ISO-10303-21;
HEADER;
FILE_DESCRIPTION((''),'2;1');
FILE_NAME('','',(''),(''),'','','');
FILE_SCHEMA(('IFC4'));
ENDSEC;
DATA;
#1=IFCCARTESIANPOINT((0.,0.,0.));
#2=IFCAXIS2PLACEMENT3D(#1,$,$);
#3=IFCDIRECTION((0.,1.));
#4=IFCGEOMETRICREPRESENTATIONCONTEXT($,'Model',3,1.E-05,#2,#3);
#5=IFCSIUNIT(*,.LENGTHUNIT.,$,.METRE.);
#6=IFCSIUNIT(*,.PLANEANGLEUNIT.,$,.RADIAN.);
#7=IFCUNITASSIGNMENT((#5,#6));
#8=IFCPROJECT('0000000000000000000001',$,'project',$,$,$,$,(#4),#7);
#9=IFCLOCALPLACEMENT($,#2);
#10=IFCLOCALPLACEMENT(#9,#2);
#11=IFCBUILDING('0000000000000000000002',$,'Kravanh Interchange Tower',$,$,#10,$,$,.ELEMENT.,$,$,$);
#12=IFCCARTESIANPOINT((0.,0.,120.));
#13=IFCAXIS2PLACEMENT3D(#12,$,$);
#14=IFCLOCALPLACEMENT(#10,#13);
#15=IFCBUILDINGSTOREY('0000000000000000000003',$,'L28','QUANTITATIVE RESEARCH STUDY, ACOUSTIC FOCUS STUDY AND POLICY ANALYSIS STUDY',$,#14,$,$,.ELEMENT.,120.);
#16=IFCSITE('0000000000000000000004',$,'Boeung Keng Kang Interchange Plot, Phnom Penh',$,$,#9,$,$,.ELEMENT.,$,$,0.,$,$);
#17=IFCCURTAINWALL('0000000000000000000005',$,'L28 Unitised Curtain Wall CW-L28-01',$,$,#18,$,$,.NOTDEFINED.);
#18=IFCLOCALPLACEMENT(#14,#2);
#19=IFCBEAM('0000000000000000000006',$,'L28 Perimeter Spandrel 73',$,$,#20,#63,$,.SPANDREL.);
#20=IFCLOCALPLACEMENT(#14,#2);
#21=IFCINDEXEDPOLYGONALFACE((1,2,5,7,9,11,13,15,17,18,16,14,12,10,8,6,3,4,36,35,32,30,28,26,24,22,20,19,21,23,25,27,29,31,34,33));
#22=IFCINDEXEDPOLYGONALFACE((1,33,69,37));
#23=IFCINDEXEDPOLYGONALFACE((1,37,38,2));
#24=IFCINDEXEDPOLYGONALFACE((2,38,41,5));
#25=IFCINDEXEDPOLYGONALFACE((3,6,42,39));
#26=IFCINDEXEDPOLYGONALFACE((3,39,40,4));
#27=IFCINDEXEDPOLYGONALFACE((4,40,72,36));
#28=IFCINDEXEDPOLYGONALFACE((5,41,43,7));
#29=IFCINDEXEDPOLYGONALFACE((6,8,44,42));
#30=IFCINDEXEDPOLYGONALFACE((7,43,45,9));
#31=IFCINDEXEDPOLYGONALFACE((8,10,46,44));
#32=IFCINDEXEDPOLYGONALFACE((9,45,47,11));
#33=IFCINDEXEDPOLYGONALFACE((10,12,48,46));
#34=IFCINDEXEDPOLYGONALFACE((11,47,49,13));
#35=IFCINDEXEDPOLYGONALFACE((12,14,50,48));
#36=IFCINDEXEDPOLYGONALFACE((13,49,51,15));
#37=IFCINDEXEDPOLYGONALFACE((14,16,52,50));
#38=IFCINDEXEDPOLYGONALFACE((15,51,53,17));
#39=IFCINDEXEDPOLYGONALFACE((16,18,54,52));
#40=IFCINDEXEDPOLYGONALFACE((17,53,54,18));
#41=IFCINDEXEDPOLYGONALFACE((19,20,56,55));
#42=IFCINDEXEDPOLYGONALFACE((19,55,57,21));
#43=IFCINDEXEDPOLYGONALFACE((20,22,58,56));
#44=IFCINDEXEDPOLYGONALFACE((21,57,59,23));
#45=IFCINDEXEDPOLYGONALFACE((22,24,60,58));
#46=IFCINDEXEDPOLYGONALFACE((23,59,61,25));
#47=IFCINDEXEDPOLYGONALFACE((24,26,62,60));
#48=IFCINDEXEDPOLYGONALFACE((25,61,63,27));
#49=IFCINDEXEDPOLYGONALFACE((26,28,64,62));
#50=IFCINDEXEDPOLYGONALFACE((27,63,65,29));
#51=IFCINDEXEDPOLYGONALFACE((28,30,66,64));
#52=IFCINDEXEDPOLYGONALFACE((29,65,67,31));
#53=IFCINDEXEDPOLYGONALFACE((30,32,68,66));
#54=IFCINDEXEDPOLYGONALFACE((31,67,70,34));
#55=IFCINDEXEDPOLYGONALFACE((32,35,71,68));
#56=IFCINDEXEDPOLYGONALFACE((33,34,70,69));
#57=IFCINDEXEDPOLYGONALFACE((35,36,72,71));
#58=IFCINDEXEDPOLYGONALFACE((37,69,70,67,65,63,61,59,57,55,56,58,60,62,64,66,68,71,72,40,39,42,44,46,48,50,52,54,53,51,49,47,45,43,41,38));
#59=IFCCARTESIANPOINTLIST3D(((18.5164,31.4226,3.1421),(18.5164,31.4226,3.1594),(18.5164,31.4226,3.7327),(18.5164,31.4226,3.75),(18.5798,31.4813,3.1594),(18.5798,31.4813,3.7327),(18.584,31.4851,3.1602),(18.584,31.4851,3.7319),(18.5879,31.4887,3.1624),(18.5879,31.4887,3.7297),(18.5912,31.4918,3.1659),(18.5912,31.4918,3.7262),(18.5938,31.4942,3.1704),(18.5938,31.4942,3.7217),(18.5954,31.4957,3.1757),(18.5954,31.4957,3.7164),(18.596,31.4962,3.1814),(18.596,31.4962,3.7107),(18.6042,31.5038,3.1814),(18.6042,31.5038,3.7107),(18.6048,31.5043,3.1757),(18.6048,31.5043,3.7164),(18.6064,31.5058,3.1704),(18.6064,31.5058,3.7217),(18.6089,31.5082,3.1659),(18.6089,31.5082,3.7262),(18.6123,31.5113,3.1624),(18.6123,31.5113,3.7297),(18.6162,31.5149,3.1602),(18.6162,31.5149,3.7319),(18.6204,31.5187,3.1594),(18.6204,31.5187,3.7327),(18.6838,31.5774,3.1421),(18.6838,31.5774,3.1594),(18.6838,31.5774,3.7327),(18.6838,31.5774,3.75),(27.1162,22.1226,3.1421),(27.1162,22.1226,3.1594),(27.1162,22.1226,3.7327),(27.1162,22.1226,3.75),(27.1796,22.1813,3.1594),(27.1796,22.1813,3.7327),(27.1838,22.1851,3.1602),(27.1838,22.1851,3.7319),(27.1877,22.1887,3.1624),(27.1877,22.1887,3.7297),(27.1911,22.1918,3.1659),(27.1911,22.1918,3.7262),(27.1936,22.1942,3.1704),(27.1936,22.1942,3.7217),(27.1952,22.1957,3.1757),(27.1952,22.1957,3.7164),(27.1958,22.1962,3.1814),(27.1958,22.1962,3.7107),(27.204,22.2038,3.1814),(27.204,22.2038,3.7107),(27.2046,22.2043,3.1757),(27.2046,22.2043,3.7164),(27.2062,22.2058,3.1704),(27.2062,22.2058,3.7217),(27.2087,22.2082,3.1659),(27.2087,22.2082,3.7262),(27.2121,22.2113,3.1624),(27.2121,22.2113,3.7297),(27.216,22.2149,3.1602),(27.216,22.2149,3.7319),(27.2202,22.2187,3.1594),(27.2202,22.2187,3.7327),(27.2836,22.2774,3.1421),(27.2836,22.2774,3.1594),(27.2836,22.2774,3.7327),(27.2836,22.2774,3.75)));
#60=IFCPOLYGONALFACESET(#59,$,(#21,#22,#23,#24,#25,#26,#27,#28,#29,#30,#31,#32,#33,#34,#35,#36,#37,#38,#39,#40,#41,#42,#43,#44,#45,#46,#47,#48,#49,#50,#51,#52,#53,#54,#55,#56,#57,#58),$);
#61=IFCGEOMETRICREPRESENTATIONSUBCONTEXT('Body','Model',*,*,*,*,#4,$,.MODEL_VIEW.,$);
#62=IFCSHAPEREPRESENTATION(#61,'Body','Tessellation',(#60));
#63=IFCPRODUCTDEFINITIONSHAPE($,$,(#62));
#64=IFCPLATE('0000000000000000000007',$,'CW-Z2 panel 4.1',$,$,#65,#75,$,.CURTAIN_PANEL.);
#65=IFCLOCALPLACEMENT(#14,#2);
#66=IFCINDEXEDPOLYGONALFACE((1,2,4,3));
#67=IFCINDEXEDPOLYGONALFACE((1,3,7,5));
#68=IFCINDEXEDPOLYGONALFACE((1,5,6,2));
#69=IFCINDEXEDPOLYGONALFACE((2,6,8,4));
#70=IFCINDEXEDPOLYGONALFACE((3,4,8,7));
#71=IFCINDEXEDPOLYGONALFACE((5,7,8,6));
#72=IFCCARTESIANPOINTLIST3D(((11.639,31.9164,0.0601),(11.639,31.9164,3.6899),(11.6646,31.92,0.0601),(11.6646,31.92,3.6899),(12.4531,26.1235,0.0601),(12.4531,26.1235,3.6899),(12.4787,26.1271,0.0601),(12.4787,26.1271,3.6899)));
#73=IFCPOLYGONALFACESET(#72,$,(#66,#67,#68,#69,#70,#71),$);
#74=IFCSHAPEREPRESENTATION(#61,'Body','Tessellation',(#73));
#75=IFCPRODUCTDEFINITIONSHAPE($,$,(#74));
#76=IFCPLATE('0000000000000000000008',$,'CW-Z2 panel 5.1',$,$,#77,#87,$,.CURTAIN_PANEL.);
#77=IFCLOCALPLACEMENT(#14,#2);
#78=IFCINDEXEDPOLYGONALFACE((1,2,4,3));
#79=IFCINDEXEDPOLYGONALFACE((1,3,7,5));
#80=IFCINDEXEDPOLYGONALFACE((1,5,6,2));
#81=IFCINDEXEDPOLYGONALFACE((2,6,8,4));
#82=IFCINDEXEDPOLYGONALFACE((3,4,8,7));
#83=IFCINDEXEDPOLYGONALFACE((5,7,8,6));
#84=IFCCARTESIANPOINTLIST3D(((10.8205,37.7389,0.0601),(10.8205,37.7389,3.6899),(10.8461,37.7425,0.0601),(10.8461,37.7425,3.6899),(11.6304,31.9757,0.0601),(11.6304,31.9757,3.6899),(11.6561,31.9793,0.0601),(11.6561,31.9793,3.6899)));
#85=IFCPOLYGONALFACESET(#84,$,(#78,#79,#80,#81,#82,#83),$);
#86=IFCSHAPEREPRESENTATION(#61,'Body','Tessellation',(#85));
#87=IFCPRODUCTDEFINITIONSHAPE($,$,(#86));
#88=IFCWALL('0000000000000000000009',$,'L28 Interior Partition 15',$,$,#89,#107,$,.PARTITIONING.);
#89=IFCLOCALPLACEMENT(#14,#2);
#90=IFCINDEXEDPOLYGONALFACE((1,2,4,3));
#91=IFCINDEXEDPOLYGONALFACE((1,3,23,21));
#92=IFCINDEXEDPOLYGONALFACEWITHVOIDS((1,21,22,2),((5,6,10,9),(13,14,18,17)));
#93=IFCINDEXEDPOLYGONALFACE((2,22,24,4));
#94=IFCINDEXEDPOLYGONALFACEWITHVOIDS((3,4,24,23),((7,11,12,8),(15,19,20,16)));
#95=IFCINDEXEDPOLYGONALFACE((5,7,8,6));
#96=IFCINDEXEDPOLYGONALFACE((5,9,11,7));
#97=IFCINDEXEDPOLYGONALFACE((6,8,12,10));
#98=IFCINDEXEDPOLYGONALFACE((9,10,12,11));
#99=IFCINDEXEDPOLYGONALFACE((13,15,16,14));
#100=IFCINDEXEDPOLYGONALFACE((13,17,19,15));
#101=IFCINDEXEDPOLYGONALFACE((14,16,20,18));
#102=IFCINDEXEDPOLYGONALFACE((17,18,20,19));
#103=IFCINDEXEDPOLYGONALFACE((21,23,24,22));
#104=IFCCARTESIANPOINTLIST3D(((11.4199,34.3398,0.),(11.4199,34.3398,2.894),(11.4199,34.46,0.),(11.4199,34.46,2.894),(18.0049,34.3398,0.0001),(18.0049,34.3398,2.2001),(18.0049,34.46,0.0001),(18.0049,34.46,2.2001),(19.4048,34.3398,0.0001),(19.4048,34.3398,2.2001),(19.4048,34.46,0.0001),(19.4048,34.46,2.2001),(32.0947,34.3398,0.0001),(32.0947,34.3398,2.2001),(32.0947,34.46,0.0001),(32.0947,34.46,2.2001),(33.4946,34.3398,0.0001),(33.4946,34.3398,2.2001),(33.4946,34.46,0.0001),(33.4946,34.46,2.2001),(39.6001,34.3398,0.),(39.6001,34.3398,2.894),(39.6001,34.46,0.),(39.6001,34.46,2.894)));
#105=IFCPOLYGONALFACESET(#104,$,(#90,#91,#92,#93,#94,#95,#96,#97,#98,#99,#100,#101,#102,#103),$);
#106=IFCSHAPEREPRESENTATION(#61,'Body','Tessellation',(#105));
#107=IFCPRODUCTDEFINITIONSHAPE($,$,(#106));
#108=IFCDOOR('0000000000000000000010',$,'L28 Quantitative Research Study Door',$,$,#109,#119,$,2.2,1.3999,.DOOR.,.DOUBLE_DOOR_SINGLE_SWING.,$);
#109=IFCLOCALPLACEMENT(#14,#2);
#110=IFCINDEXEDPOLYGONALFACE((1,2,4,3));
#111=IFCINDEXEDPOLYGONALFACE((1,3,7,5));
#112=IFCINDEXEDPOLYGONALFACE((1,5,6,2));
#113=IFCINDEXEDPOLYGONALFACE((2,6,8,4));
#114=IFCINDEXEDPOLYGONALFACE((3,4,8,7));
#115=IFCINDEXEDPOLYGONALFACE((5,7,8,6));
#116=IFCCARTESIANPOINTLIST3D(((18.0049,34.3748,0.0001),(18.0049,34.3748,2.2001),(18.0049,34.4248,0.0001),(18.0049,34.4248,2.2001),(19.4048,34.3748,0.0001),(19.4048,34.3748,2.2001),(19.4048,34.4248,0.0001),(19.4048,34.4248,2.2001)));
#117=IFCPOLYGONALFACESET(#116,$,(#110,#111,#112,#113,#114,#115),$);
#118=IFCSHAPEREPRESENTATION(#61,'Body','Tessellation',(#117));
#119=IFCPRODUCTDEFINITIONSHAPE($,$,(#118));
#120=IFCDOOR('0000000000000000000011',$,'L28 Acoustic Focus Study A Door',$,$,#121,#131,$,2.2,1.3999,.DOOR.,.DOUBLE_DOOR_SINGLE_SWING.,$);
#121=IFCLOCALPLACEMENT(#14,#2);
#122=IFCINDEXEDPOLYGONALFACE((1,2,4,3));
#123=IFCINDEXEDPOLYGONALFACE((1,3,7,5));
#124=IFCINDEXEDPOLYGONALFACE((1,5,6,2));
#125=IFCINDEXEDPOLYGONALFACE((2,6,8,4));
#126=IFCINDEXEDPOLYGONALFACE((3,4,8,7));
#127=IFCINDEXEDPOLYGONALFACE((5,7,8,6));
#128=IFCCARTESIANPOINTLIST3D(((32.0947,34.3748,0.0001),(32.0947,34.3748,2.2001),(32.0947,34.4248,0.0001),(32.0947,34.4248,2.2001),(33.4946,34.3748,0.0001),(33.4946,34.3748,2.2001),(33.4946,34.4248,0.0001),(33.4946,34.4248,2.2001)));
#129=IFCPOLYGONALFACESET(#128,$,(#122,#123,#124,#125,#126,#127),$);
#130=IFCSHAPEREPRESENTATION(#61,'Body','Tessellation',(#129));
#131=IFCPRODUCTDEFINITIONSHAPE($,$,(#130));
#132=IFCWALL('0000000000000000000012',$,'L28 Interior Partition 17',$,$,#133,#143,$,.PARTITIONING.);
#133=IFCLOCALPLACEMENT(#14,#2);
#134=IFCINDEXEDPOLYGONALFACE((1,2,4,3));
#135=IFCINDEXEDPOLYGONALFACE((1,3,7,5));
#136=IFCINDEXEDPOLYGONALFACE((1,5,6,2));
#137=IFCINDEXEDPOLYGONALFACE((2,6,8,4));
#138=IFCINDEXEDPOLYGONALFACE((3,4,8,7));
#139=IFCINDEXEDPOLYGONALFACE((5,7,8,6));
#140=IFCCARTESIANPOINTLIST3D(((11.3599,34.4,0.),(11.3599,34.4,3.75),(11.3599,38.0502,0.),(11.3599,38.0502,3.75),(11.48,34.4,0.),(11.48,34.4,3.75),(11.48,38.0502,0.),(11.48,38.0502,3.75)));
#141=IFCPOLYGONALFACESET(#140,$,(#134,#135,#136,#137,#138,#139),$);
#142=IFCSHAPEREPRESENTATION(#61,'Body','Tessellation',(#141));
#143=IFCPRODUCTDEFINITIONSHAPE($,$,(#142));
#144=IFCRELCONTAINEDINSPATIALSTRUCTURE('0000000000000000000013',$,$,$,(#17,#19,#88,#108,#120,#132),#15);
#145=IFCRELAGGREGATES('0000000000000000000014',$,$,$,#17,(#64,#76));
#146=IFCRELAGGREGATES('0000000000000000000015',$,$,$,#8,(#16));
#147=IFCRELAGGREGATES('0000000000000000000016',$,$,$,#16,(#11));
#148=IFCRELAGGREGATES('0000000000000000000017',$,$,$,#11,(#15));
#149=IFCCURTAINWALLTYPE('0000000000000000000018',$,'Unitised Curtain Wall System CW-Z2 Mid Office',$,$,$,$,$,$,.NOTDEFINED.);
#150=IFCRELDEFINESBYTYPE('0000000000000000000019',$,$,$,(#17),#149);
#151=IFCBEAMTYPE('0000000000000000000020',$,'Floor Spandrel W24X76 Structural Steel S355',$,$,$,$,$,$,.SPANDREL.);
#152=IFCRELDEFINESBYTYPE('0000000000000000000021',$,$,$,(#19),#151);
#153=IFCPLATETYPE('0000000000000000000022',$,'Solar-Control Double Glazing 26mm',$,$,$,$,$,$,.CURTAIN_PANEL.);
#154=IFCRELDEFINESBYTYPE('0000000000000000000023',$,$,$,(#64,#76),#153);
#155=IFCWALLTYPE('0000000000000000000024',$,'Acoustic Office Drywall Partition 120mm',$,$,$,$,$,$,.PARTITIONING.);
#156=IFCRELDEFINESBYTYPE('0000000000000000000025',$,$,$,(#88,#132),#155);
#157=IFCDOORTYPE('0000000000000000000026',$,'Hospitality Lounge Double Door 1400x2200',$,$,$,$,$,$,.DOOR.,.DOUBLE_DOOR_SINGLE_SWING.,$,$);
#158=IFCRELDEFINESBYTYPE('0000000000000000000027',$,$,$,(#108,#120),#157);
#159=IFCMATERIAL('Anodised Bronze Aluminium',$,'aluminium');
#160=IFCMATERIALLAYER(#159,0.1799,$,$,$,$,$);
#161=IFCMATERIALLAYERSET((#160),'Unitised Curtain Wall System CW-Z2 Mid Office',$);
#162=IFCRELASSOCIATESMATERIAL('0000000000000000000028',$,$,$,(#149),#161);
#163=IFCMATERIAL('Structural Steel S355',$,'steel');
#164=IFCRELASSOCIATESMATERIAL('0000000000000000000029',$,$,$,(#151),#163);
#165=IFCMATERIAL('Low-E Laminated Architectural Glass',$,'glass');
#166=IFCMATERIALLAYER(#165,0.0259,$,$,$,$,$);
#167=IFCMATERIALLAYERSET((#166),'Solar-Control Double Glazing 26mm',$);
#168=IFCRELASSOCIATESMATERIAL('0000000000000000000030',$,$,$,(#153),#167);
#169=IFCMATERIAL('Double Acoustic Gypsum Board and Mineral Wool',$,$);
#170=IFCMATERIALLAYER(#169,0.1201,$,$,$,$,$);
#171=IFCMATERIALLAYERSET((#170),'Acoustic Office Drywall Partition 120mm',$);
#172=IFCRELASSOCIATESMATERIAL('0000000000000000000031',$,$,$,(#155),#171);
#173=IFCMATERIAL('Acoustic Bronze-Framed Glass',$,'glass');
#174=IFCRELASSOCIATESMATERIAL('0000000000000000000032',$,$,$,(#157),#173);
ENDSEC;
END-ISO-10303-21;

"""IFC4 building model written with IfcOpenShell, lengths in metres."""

from ifc_helpers import new_model, si_unit, direction, frame, frame_2d, origin, origin_2d, place, context, subcontext, project, spatial, rectangle, i_section, extrude, material, layer, layer_set, material_profile, profile_set, type_object, element, fill, aggregate, save


model = new_model("IFC4")

# Units and contexts
model_context = context("Model", 3, precision=1e-05, world=origin(), true_north=direction((0.0, 1.0)))
body_context = subcontext(model_context, "Body", "Model", "MODEL_VIEW")
ifc_project = project(units=[si_unit("LENGTHUNIT", "METRE"), si_unit("PLANEANGLEUNIT", "RADIAN")], contexts=[model_context])

# Site, building, storey
site_placement = place(None, origin())
site = spatial("IfcSite", under=ifc_project, at=site_placement, Name="Boeung Keng Kang Interchange Plot, Phnom Penh", CompositionType="ELEMENT", RefElevation=0.0)
building_placement = place(site_placement, origin())
building = spatial("IfcBuilding", under=site, at=building_placement, Name="Kravanh Interchange Tower", CompositionType="ELEMENT")
storey_placement = place(building_placement, frame((0.0, 0.0, 120.0)))
storey = spatial("IfcBuildingStorey", under=building, at=storey_placement, Name="L28", Description="QUANTITATIVE RESEARCH STUDY, ACOUSTIC FOCUS STUDY AND POLICY ANALYSIS STUDY", CompositionType="ELEMENT", Elevation=120.0)

# Curtain wall
ifc_material_1 = material(Name="Anodised Bronze Aluminium", Category="aluminium")
ifc_layer_1 = layer(ifc_material_1, 0.1799)
ifc_layer_set_1 = layer_set([ifc_layer_1], Name="Unitised Curtain Wall System CW-Z2 Mid Office")
curtain_wall_type = type_object("IfcCurtainWallType", Name="Unitised Curtain Wall System CW-Z2 Mid Office", PredefinedType="NOTDEFINED", material=ifc_layer_set_1)
curtain_wall_placement = place(storey_placement, origin())
curtain_wall = element("IfcCurtainWall", 1, at=curtain_wall_placement, inside=storey, type_object=curtain_wall_type, Name="L28 Unitised Curtain Wall CW-L28-01", PredefinedType="NOTDEFINED")

# Beam
ifc_material_2 = material(Name="Structural Steel S355", Category="steel")
ifc_material_profile_1 = material_profile(ifc_material_2, i_section(OverallWidth=0.228, OverallDepth=0.6079, WebThickness=0.0112, FlangeThickness=0.0173, FilletRadius=0.022, at=origin_2d()), Name="W24X76")
ifc_profile_set_1 = profile_set([ifc_material_profile_1], Name="Structural Steel S355")
beam_type_1 = type_object("IfcBeamType", Name="Floor Spandrel W24X76 Structural Steel S355", PredefinedType="SPANDREL", material=ifc_profile_set_1)
beam_1_placement = place(storey_placement, frame((18.6001, 31.5, 3.446), z_axis=(0.678927, -0.734205, 0.0), x_axis=(0.734205, 0.678927, 0.0)))
element("IfcBeam", 2, at=beam_1_placement, inside=storey, type_object=beam_type_1, Name="L28 Perimeter Spandrel 73", PredefinedType="SPANDREL", context=body_context, shape_type="SweptSolid", body=[
    extrude(i_section(OverallWidth=0.228, OverallDepth=0.6079, WebThickness=0.0112, FlangeThickness=0.0173, FilletRadius=0.022, at=origin_2d()), origin(), (0.0, 0.0, 1.0), 12.6667),
])

# Plates
ifc_material_3 = material(Name="Low-E Laminated Architectural Glass", Category="glass")
ifc_layer_2 = layer(ifc_material_3, 0.0259)
ifc_layer_set_2 = layer_set([ifc_layer_2], Name="Solar-Control Double Glazing 26mm")
plate_type = type_object("IfcPlateType", Name="Solar-Control Double Glazing 26mm", PredefinedType="CURTAIN_PANEL", material=ifc_layer_set_2)
plate_1_placement = place(storey_placement, frame((12.0588, 29.0217, 0.0601), z_axis=(0.0, 0.0, 1.0), x_axis=(-0.139173, 0.990268, 0.0)))
plate_1 = element("IfcPlate", 3, at=plate_1_placement, type_object=plate_type, Name="CW-Z2 panel 4.1", PredefinedType="CURTAIN_PANEL", context=body_context, shape_type="SweptSolid", body=[
    extrude(rectangle(XDim=5.8499, YDim=0.0259, at=origin_2d()), origin(), (0.0, 0.0, 1.0), 3.6299),
])
plate_2_placement = place(storey_placement, frame((11.2383, 34.8591, 0.0601), z_axis=(0.0, 0.0, 1.0), x_axis=(-0.139173, 0.990268, 0.0)))
plate_2 = element("IfcPlate", 4, at=plate_2_placement, type_object=plate_type, Name="CW-Z2 panel 5.1", PredefinedType="CURTAIN_PANEL", context=body_context, shape_type="SweptSolid", body=[
    extrude(rectangle(XDim=5.8198, YDim=0.0259, at=origin_2d()), origin(), (0.0, 0.0, 1.0), 3.6299),
])
aggregate(curtain_wall, [plate_1, plate_2])

# Wall, openings, doors
ifc_material_4 = material(Name="Double Acoustic Gypsum Board and Mineral Wool")
ifc_layer_3 = layer(ifc_material_4, 0.1201)
ifc_layer_set_3 = layer_set([ifc_layer_3], Name="Acoustic Office Drywall Partition 120mm")
wall_type = type_object("IfcWallType", Name="Acoustic Office Drywall Partition 120mm", PredefinedType="PARTITIONING", material=ifc_layer_set_3)
wall_1_placement = place(storey_placement, frame((11.4199, 34.3999, 0.0), z_axis=(0.0, 0.0, 1.0), x_axis=(1.0, 0.0, 0.0)))
wall_1 = element("IfcWall", 5, at=wall_1_placement, inside=storey, type_object=wall_type, Name="L28 Interior Partition 15", PredefinedType="PARTITIONING", context=body_context, shape_type="SweptSolid", body=[
    extrude(rectangle(XDim=28.1802, YDim=0.1201, at=frame_2d((14.0901, 0.0))), origin(), (0.0, 0.0, 1.0), 2.894),
])
opening_1_placement = place(wall_1_placement, frame((6.585, 0.0, 0.0)))
opening_1 = element("IfcOpeningElement", 6, at=opening_1_placement, cuts=wall_1, PredefinedType="OPENING", context=body_context, shape_type="SweptSolid", body=[
    extrude(rectangle(XDim=1.3999, YDim=2.2, at=frame_2d((0.7, 1.1001))), frame((0.0, 0.0701, 0.0), z_axis=(0.0, -1.0, 0.0), x_axis=(1.0, 0.0, 0.0)), (0.0, 0.0, 1.0), 0.1401),
])
opening_2_placement = place(wall_1_placement, frame((20.6748, 0.0, 0.0)))
opening_2 = element("IfcOpeningElement", 7, at=opening_2_placement, cuts=wall_1, PredefinedType="OPENING", context=body_context, shape_type="SweptSolid", body=[
    extrude(rectangle(XDim=1.3999, YDim=2.2, at=frame_2d((0.7, 1.1001))), frame((0.0, 0.0701, 0.0), z_axis=(0.0, -1.0, 0.0), x_axis=(1.0, 0.0, 0.0)), (0.0, 0.0, 1.0), 0.1401),
])
ifc_material_5 = material(Name="Acoustic Bronze-Framed Glass", Category="glass")
door_type = type_object("IfcDoorType", Name="Hospitality Lounge Double Door 1400x2200", OperationType="DOUBLE_DOOR_SINGLE_SWING", PredefinedType="DOOR", material=ifc_material_5)
door_1_placement = place(opening_1_placement, origin())
door_1 = element("IfcDoor", 8, at=door_1_placement, inside=storey, type_object=door_type, Name="L28 Quantitative Research Study Door", OperationType="DOUBLE_DOOR_SINGLE_SWING", OverallHeight=2.2, OverallWidth=1.3999, PredefinedType="DOOR", context=body_context, shape_type="SweptSolid", body=[
    extrude(rectangle(XDim=1.3999, YDim=2.2, at=frame_2d((0.7, 1.1001))), frame((0.0, 0.0249, 0.0), z_axis=(0.0, -1.0, 0.0), x_axis=(1.0, 0.0, 0.0)), (0.0, 0.0, 1.0), 0.05),
])
fill(opening_1, door_1)
door_2_placement = place(opening_2_placement, origin())
door_2 = element("IfcDoor", 9, at=door_2_placement, inside=storey, type_object=door_type, Name="L28 Acoustic Focus Study A Door", OperationType="DOUBLE_DOOR_SINGLE_SWING", OverallHeight=2.2, OverallWidth=1.3999, PredefinedType="DOOR", context=body_context, shape_type="SweptSolid", body=[
    extrude(rectangle(XDim=1.3999, YDim=2.2, at=frame_2d((0.7, 1.1001))), frame((0.0, 0.0249, 0.0), z_axis=(0.0, -1.0, 0.0), x_axis=(1.0, 0.0, 0.0)), (0.0, 0.0, 1.0), 0.05),
])
fill(opening_2, door_2)

# Wall
wall_2_placement = place(storey_placement, frame((11.4199, 34.3999, 0.0), z_axis=(0.0, 0.0, 1.0), x_axis=(0.0, 1.0, 0.0)))
element("IfcWall", 10, at=wall_2_placement, inside=storey, type_object=wall_type, Name="L28 Interior Partition 17", PredefinedType="PARTITIONING", context=body_context, shape_type="SweptSolid", body=[
    extrude(rectangle(XDim=3.6501, YDim=0.1201, at=frame_2d((1.8252, 0.0))), origin(), (0.0, 0.0, 1.0), 3.75),
])

save(model, "model.ifc")
